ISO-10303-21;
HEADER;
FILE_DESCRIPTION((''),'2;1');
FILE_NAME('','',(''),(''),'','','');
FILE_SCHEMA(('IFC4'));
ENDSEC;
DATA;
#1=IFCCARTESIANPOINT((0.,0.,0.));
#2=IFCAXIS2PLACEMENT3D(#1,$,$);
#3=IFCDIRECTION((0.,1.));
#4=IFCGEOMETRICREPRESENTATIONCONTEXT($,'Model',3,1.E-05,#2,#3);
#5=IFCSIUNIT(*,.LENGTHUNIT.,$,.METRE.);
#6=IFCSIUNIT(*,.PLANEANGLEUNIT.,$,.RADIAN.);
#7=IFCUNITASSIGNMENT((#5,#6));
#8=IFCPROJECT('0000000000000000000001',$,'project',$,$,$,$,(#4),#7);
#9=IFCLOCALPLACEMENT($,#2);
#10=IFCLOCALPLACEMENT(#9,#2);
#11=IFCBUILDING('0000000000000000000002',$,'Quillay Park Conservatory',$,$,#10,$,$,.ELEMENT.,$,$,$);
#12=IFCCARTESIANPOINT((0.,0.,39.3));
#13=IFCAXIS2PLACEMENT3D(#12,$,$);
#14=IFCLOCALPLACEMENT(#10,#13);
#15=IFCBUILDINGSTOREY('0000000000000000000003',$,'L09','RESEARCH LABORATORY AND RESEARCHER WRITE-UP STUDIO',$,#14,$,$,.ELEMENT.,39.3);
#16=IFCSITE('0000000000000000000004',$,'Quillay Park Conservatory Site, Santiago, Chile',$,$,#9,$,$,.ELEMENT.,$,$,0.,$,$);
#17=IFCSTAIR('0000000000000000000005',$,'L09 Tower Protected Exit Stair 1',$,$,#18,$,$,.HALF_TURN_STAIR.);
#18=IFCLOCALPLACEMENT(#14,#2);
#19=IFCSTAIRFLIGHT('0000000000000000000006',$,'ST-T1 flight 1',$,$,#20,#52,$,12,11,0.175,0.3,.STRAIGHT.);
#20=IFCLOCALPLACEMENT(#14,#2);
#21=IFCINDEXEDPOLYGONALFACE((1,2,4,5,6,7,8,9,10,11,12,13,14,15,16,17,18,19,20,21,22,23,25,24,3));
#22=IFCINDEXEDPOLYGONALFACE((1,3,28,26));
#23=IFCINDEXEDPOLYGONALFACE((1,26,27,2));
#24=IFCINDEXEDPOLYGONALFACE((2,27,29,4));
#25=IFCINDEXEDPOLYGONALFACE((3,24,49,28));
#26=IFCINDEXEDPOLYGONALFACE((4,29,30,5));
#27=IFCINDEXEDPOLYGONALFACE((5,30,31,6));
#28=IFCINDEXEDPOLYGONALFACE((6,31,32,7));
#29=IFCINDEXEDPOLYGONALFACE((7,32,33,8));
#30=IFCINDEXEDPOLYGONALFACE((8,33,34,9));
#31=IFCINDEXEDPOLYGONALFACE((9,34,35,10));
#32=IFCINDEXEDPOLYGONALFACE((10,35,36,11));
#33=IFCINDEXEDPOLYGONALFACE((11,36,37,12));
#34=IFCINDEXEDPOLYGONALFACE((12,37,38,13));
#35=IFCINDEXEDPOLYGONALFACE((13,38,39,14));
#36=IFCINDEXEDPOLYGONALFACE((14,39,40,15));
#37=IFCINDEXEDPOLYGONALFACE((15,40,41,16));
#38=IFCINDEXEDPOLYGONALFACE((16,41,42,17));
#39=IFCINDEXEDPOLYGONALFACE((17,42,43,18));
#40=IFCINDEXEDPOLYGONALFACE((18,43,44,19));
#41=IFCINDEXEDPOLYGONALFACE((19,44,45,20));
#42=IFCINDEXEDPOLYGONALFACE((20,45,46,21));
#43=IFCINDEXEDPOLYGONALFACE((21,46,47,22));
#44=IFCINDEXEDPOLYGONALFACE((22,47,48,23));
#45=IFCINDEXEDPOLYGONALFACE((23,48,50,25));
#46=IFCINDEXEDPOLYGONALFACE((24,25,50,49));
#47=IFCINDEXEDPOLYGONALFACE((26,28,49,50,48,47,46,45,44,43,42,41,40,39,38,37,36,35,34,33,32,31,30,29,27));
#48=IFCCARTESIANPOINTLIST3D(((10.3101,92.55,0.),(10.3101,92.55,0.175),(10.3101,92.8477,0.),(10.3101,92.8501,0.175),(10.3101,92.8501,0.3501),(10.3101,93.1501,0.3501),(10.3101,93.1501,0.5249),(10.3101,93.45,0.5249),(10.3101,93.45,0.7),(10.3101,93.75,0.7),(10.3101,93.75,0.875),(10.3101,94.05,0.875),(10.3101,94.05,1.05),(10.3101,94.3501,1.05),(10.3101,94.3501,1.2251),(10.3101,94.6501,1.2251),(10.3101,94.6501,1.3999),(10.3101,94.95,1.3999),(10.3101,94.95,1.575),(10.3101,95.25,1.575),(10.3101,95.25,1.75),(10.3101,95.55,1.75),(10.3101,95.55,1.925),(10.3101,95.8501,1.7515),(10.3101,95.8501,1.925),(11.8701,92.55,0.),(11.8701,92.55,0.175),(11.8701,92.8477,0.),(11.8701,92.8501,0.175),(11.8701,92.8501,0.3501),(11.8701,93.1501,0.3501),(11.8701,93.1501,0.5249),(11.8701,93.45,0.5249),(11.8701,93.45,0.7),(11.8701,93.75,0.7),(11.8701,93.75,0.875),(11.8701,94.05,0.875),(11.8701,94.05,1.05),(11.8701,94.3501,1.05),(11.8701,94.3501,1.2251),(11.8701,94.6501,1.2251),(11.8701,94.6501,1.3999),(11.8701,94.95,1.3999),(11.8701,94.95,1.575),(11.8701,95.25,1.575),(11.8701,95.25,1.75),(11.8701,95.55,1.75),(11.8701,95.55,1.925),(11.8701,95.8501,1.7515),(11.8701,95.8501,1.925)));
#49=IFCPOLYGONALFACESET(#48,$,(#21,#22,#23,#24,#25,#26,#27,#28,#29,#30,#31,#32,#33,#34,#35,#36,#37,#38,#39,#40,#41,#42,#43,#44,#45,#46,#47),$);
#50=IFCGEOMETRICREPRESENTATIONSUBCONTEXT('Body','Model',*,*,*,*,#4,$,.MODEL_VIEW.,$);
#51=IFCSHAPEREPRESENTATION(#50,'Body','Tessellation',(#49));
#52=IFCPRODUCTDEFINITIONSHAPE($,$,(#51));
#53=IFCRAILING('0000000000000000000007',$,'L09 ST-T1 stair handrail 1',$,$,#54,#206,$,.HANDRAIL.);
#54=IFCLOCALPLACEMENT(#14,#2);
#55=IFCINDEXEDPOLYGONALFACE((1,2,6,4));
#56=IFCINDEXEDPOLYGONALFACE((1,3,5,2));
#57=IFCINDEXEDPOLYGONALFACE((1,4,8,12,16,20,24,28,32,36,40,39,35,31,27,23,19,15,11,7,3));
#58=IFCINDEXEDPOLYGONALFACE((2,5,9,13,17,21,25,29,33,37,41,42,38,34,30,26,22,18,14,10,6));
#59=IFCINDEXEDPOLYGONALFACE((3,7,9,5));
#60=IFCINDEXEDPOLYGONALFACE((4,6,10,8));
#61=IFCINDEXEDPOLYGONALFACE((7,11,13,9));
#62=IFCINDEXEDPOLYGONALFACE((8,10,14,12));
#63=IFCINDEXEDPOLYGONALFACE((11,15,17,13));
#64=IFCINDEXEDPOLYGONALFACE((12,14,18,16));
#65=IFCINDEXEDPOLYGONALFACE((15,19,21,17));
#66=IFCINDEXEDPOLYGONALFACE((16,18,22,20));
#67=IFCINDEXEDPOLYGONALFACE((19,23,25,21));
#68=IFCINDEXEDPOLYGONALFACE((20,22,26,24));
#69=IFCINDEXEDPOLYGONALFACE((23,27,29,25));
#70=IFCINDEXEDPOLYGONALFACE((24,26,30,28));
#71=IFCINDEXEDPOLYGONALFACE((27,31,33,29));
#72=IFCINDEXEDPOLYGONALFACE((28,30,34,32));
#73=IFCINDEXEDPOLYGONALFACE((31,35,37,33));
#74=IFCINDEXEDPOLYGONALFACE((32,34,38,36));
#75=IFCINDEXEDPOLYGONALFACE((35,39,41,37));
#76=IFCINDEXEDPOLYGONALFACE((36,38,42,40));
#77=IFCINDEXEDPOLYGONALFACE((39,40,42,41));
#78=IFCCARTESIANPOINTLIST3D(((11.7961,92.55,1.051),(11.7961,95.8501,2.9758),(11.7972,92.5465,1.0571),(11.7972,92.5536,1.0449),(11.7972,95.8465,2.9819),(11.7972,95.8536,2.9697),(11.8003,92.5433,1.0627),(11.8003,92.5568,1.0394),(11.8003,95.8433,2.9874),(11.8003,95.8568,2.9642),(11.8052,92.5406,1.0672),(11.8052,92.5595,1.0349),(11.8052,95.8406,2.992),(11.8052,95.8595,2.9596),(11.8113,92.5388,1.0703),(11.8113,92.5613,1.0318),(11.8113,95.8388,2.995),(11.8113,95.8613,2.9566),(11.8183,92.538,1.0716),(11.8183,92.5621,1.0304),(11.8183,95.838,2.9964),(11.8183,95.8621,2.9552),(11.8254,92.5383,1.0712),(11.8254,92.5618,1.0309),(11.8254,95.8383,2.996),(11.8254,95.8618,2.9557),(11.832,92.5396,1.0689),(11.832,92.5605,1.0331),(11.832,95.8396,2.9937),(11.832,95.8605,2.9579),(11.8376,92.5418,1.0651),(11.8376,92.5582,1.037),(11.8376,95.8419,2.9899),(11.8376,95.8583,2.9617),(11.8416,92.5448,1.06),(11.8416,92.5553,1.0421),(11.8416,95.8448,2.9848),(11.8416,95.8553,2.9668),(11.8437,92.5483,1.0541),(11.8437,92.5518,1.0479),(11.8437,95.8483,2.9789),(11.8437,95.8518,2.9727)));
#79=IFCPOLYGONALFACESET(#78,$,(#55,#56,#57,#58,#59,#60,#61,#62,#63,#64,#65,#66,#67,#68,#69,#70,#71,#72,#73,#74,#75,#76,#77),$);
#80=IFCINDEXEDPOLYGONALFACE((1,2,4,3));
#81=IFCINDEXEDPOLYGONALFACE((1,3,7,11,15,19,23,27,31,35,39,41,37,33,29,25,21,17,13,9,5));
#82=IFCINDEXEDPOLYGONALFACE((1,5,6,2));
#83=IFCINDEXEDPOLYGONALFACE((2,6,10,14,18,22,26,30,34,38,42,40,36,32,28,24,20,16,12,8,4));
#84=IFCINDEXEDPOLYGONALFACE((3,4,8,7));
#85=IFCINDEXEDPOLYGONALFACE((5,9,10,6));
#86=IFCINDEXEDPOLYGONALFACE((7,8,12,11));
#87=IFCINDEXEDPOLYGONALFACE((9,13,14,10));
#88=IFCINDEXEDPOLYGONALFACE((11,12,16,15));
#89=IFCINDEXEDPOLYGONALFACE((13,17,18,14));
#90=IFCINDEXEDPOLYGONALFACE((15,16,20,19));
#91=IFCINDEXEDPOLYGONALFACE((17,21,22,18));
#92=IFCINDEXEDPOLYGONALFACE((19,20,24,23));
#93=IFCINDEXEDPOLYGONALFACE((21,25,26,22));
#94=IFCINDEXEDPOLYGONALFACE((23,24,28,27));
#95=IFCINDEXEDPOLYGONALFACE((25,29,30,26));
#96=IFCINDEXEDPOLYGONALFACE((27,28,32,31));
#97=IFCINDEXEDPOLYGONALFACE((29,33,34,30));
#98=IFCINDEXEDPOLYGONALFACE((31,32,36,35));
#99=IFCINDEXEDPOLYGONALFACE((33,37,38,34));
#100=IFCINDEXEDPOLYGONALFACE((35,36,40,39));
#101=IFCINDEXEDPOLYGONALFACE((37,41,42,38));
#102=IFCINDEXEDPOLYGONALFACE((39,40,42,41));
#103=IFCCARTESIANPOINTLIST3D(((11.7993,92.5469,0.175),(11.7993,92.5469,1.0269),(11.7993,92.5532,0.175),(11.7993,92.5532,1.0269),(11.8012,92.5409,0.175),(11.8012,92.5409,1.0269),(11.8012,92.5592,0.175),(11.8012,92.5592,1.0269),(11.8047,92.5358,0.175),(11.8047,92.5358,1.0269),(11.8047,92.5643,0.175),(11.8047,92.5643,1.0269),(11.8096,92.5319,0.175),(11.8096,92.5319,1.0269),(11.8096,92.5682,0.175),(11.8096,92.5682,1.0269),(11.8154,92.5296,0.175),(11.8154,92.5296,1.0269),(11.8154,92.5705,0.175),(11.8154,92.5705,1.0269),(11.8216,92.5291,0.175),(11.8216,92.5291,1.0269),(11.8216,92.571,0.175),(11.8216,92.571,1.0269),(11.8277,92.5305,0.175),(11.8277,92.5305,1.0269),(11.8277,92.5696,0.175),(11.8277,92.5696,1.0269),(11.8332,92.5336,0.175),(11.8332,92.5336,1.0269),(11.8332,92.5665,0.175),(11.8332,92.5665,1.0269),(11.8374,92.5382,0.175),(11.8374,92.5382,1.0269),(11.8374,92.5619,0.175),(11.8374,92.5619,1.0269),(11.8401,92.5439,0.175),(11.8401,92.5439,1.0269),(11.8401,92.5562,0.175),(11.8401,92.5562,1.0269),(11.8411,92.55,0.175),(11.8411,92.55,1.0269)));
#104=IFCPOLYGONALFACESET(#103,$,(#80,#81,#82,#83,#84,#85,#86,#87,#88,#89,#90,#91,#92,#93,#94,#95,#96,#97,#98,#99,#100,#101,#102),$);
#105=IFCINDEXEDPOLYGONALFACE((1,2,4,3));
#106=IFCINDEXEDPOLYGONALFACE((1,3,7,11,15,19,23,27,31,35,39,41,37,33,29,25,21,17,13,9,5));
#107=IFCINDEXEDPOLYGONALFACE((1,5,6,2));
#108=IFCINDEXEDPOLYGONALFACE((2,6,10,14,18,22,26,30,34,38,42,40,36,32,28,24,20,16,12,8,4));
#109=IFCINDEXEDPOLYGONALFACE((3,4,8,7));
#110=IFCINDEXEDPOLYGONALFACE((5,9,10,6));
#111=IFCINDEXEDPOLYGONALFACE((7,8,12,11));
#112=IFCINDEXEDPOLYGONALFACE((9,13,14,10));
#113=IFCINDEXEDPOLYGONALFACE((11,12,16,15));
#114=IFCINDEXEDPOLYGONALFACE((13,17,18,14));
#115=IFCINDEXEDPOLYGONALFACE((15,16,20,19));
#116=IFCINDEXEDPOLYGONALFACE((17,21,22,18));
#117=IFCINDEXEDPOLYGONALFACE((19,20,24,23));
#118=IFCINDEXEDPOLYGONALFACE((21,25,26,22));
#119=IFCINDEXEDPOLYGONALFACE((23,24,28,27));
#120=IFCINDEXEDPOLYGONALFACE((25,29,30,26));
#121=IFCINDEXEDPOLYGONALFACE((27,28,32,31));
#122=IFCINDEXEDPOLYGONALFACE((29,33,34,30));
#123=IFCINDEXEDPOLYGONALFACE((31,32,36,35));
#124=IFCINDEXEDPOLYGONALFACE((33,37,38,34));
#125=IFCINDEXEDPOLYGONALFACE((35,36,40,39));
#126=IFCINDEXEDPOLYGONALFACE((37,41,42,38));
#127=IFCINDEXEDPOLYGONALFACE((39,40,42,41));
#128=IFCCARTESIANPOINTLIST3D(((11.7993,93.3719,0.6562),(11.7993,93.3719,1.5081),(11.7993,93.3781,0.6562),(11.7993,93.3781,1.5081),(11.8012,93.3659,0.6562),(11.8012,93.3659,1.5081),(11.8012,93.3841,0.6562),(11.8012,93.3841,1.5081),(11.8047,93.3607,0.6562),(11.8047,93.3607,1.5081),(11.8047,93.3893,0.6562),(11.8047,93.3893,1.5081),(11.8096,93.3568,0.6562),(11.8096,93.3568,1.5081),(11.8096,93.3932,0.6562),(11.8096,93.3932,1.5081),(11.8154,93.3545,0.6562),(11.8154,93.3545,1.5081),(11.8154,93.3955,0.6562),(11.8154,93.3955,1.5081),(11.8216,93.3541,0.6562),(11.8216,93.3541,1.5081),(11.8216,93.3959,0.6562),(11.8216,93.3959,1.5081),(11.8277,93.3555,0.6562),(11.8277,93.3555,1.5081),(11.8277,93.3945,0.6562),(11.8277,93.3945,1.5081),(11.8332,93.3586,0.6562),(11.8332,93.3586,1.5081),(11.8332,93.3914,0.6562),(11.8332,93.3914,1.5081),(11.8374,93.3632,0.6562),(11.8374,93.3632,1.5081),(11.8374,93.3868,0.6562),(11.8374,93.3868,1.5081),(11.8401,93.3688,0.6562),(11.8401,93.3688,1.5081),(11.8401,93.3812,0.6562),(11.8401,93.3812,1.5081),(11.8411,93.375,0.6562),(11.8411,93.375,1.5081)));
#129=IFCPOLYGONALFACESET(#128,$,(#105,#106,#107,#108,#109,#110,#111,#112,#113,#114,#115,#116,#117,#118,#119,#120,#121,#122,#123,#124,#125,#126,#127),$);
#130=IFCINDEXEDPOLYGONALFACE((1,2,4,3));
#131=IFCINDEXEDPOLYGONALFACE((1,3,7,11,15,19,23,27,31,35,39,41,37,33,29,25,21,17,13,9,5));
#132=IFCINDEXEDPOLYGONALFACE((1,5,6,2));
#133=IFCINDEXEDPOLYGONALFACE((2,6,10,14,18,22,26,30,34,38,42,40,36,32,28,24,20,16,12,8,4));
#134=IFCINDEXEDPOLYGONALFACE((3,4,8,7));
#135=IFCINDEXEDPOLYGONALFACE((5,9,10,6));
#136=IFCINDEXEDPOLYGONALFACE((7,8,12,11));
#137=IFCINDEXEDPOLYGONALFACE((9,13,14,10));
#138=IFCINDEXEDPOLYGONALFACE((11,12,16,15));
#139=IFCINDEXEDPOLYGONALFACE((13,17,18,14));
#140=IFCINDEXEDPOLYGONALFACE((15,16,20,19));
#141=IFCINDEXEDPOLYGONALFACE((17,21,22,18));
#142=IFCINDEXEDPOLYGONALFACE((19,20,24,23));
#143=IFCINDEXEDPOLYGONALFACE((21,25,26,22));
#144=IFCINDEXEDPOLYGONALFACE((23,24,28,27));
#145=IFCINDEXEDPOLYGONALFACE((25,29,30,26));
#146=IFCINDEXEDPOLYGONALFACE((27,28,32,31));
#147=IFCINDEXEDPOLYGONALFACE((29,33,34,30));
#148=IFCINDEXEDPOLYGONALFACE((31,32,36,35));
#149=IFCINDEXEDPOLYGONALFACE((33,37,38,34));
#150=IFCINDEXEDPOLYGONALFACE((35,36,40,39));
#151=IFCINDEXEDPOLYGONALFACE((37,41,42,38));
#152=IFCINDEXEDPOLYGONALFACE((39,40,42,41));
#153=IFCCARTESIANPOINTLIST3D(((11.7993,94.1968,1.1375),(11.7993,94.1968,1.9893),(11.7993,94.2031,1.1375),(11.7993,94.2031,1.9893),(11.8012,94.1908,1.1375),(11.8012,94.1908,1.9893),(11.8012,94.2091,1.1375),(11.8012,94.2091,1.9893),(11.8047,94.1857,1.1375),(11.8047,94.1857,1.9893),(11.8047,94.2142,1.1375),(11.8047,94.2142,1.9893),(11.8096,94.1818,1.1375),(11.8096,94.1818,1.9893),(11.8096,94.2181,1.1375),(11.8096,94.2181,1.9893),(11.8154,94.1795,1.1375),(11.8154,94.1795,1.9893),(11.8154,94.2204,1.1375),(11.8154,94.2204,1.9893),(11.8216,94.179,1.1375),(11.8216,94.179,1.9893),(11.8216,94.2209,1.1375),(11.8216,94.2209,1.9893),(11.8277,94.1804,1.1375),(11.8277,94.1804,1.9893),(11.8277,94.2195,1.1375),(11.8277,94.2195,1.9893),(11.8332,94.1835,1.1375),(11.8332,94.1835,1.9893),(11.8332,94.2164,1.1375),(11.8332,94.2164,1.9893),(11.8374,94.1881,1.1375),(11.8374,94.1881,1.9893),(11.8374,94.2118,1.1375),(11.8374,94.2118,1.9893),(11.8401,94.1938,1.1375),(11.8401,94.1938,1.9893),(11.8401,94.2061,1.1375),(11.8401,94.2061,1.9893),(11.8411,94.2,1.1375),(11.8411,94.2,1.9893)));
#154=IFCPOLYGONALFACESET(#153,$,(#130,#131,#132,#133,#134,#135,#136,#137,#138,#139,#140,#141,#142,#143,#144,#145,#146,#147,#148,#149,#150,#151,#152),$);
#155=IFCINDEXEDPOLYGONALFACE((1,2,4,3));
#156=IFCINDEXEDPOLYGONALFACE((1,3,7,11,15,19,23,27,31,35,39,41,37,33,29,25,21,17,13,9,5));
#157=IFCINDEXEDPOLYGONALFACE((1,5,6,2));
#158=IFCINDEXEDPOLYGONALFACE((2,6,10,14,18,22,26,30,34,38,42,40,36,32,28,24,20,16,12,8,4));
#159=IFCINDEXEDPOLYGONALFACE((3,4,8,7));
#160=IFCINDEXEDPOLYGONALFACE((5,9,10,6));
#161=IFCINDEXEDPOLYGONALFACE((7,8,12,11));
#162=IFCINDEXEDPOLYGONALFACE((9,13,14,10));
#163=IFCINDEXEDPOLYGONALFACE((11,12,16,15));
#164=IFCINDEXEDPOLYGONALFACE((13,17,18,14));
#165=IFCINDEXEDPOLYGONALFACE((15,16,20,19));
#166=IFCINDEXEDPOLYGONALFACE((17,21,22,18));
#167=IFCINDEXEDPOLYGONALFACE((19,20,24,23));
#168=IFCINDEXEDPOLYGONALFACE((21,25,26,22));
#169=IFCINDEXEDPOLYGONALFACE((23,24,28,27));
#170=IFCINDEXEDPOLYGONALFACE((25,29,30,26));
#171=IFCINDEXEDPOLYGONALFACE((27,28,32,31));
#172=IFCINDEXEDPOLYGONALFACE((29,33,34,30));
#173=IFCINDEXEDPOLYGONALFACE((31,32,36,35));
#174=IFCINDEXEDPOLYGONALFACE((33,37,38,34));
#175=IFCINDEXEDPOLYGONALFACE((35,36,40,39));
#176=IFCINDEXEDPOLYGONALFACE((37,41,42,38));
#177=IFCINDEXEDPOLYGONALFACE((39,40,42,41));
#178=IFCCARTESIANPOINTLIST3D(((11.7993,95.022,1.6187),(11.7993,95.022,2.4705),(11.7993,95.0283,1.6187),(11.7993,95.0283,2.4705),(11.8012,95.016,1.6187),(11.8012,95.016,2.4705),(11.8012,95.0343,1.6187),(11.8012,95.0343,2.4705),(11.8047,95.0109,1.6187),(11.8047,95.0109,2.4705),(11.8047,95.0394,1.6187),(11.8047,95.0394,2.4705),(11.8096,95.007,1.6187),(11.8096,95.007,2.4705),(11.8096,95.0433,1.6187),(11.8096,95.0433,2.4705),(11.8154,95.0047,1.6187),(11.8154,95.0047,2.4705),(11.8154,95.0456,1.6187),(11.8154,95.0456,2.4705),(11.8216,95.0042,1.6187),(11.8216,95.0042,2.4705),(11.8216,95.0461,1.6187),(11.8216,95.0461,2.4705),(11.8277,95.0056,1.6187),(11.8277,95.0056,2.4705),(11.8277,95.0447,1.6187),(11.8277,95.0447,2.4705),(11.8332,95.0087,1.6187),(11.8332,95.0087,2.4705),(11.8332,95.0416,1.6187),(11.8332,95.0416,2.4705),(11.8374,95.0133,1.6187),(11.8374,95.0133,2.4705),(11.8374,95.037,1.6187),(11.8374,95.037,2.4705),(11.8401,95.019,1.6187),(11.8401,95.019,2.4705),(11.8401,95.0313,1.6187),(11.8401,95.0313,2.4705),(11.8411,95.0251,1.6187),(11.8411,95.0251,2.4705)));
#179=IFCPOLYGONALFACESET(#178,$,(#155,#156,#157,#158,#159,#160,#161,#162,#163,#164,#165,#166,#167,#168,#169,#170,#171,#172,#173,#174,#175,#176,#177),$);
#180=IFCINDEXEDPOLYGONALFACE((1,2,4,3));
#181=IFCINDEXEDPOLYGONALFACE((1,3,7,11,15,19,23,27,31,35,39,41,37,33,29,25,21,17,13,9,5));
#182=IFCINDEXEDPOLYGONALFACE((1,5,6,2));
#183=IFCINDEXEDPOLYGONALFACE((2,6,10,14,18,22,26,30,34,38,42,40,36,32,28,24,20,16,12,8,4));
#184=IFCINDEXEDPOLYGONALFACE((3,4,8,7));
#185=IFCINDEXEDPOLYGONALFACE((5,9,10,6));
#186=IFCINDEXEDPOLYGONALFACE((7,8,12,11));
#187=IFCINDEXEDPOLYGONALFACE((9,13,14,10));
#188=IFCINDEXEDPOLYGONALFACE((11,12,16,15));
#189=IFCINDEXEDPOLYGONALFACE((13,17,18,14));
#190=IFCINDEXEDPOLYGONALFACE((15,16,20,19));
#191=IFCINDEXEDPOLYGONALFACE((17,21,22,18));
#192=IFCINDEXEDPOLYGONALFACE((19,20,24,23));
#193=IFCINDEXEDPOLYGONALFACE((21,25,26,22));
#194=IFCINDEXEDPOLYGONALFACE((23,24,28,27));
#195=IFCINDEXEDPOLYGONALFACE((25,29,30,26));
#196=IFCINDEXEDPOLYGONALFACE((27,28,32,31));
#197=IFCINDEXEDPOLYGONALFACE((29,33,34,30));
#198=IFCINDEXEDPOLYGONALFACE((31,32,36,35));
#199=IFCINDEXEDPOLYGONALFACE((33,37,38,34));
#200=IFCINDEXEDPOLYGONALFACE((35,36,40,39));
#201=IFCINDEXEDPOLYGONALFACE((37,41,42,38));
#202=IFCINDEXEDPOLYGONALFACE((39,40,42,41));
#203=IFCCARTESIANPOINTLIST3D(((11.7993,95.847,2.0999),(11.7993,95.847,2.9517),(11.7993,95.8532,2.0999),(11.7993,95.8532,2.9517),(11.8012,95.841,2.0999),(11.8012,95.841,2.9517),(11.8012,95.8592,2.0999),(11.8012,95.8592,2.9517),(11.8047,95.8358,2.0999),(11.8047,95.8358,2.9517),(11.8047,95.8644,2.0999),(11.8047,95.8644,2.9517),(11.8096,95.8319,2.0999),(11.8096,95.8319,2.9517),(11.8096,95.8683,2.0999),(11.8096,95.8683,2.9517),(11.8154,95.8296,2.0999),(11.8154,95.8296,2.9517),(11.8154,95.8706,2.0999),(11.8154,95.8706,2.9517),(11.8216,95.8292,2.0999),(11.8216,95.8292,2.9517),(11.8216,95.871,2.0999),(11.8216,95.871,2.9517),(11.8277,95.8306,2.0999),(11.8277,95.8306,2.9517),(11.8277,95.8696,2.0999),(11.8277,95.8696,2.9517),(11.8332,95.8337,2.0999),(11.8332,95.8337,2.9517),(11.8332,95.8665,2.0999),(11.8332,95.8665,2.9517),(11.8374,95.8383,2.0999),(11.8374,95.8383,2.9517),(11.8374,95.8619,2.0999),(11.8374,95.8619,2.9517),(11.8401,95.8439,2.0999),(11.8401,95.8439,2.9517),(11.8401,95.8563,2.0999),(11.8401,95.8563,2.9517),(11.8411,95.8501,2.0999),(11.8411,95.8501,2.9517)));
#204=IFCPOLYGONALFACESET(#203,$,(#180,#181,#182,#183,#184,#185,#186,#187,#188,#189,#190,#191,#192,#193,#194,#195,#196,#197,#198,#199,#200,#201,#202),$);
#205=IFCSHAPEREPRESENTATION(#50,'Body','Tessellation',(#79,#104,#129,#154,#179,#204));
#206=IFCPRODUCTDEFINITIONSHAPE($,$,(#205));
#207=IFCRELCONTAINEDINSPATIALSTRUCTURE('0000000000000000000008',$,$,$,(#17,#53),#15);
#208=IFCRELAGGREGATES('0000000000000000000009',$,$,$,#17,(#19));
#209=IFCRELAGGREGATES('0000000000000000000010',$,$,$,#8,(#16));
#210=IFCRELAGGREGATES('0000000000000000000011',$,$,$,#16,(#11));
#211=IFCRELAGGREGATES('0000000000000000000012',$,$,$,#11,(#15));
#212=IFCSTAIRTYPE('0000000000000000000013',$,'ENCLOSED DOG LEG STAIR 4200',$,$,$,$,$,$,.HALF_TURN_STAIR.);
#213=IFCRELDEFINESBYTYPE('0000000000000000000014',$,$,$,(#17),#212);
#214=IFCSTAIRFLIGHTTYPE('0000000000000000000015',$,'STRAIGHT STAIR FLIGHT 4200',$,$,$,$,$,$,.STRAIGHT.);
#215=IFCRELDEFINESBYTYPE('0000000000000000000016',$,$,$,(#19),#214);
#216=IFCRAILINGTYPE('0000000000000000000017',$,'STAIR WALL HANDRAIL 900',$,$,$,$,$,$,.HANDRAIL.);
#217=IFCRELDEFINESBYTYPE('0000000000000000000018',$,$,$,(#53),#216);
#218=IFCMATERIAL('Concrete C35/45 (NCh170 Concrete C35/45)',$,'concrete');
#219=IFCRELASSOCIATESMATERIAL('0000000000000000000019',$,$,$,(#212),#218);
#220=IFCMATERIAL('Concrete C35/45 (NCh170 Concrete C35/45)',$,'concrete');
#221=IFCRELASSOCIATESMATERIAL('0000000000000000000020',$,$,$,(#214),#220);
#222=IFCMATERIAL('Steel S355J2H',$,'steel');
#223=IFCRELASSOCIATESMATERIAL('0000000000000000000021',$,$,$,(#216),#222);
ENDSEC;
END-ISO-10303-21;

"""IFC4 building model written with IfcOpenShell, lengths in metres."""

from ifc_helpers import new_model, si_unit, direction, frame, origin, origin_2d, place, context, subcontext, project, spatial, polyline, circle, outline, extrude, material, type_object, element, aggregate, save


model = new_model("IFC4")

# Units and contexts
model_context = context("Model", 3, precision=1e-05, world=origin(), true_north=direction((0.0, 1.0)))
body_context = subcontext(model_context, "Body", "Model", "MODEL_VIEW")
ifc_project = project(units=[si_unit("LENGTHUNIT", "METRE"), si_unit("PLANEANGLEUNIT", "RADIAN")], contexts=[model_context])

# Site, building, storey
site_placement = place(None, origin())
site = spatial("IfcSite", under=ifc_project, at=site_placement, Name="Quillay Park Conservatory Site, Santiago, Chile", CompositionType="ELEMENT", RefElevation=0.0)
building_placement = place(site_placement, origin())
building = spatial("IfcBuilding", under=site, at=building_placement, Name="Quillay Park Conservatory", CompositionType="ELEMENT")
storey_placement = place(building_placement, frame((0.0, 0.0, 39.3)))
storey = spatial("IfcBuildingStorey", under=building, at=storey_placement, Name="L09", Description="RESEARCH LABORATORY AND RESEARCHER WRITE-UP STUDIO", CompositionType="ELEMENT", Elevation=39.3)

# Stair, stair flight
ifc_material_1 = material(Name="Concrete C35/45 (NCh170 Concrete C35/45)", Category="concrete")
stair_type = type_object("IfcStairType", Name="ENCLOSED DOG LEG STAIR 4200", PredefinedType="HALF_TURN_STAIR", material=ifc_material_1)
stair_placement = place(storey_placement, origin())
stair = element("IfcStair", 1, at=stair_placement, inside=storey, type_object=stair_type, Name="L09 Tower Protected Exit Stair 1", PredefinedType="HALF_TURN_STAIR")
ifc_material_2 = material(Name="Concrete C35/45 (NCh170 Concrete C35/45)", Category="concrete")
stair_flight_type = type_object("IfcStairFlightType", Name="STRAIGHT STAIR FLIGHT 4200", PredefinedType="STRAIGHT", material=ifc_material_2)
stair_flight_placement = place(storey_placement, frame((11.0901, 92.55, 0.0), z_axis=(0.0, 0.0, 1.0), x_axis=(0.0, 1.0, 0.0)))
stair_flight = element("IfcStairFlight", 2, at=stair_flight_placement, type_object=stair_flight_type, Name="ST-T1 flight 1", NumberOfRisers=12, NumberOfTreads=11, PredefinedType="STRAIGHT", RiserHeight=0.175, TreadLength=0.3, context=body_context, shape_type="SweptSolid", body=[
    extrude(outline(polyline([(0.0, 0.0), (0.0, 0.175), (0.3, 0.175), (0.3, 0.3501), (0.6001, 0.3501), (0.6001, 0.5249), (0.8999, 0.5249), (0.8999, 0.7), (1.2, 0.7), (1.2, 0.875), (1.5, 0.875), (1.5, 1.05), (1.8, 1.05), (1.8, 1.2251), (2.1001, 1.2251), (2.1001, 1.3999), (2.3999, 1.3999), (2.3999, 1.575), (2.7, 1.575), (2.7, 1.75), (3.0, 1.75), (3.0, 1.925), (3.3, 1.925), (3.3, 2.1001), (3.3, 1.7515), (0.2976, 0.0), (0.0, 0.0)])), frame((0.0, 0.78, 0.0), z_axis=(0.0, -1.0, 0.0), x_axis=(1.0, 0.0, 0.0)), (0.0, 0.0, 1.0), 1.5601),
])
aggregate(stair, [stair_flight])

# Railing
ifc_material_3 = material(Name="Steel S355J2H", Category="steel")
railing_type_1 = type_object("IfcRailingType", Name="STAIR WALL HANDRAIL 900", PredefinedType="HANDRAIL", material=ifc_material_3)
railing_1_placement = place(storey_placement, frame((11.8201, 92.55, 0.175)))
element("IfcRailing", 3, at=railing_1_placement, inside=storey, type_object=railing_type_1, Name="L09 ST-T1 stair handrail 1", PredefinedType="HANDRAIL", context=body_context, shape_type="SweptSolid", body=[
    extrude(circle(Radius=0.0239, at=origin_2d()), frame((0.0, 0.0, 0.876), z_axis=(0.0, 0.863804, 0.503827), x_axis=(-1.0, 0.0, 0.0)), (0.0, 0.0, 1.0), 3.8203),
    extrude(circle(Radius=0.021, at=origin_2d()), origin(), (0.0, 0.0, 1.0), 0.8518),
    extrude(circle(Radius=0.021, at=origin_2d()), frame((0.0, 0.825, 0.4812)), (0.0, 0.0, 1.0), 0.8518),
    extrude(circle(Radius=0.021, at=origin_2d()), frame((0.0, 1.6499, 0.9624)), (0.0, 0.0, 1.0), 0.8518),
    extrude(circle(Radius=0.021, at=origin_2d()), frame((0.0, 2.4751, 1.4436)), (0.0, 0.0, 1.0), 0.8518),
    extrude(circle(Radius=0.021, at=origin_2d()), frame((0.0, 3.3, 1.9248)), (0.0, 0.0, 1.0), 0.8518),
])

save(model, "model.ifc")
